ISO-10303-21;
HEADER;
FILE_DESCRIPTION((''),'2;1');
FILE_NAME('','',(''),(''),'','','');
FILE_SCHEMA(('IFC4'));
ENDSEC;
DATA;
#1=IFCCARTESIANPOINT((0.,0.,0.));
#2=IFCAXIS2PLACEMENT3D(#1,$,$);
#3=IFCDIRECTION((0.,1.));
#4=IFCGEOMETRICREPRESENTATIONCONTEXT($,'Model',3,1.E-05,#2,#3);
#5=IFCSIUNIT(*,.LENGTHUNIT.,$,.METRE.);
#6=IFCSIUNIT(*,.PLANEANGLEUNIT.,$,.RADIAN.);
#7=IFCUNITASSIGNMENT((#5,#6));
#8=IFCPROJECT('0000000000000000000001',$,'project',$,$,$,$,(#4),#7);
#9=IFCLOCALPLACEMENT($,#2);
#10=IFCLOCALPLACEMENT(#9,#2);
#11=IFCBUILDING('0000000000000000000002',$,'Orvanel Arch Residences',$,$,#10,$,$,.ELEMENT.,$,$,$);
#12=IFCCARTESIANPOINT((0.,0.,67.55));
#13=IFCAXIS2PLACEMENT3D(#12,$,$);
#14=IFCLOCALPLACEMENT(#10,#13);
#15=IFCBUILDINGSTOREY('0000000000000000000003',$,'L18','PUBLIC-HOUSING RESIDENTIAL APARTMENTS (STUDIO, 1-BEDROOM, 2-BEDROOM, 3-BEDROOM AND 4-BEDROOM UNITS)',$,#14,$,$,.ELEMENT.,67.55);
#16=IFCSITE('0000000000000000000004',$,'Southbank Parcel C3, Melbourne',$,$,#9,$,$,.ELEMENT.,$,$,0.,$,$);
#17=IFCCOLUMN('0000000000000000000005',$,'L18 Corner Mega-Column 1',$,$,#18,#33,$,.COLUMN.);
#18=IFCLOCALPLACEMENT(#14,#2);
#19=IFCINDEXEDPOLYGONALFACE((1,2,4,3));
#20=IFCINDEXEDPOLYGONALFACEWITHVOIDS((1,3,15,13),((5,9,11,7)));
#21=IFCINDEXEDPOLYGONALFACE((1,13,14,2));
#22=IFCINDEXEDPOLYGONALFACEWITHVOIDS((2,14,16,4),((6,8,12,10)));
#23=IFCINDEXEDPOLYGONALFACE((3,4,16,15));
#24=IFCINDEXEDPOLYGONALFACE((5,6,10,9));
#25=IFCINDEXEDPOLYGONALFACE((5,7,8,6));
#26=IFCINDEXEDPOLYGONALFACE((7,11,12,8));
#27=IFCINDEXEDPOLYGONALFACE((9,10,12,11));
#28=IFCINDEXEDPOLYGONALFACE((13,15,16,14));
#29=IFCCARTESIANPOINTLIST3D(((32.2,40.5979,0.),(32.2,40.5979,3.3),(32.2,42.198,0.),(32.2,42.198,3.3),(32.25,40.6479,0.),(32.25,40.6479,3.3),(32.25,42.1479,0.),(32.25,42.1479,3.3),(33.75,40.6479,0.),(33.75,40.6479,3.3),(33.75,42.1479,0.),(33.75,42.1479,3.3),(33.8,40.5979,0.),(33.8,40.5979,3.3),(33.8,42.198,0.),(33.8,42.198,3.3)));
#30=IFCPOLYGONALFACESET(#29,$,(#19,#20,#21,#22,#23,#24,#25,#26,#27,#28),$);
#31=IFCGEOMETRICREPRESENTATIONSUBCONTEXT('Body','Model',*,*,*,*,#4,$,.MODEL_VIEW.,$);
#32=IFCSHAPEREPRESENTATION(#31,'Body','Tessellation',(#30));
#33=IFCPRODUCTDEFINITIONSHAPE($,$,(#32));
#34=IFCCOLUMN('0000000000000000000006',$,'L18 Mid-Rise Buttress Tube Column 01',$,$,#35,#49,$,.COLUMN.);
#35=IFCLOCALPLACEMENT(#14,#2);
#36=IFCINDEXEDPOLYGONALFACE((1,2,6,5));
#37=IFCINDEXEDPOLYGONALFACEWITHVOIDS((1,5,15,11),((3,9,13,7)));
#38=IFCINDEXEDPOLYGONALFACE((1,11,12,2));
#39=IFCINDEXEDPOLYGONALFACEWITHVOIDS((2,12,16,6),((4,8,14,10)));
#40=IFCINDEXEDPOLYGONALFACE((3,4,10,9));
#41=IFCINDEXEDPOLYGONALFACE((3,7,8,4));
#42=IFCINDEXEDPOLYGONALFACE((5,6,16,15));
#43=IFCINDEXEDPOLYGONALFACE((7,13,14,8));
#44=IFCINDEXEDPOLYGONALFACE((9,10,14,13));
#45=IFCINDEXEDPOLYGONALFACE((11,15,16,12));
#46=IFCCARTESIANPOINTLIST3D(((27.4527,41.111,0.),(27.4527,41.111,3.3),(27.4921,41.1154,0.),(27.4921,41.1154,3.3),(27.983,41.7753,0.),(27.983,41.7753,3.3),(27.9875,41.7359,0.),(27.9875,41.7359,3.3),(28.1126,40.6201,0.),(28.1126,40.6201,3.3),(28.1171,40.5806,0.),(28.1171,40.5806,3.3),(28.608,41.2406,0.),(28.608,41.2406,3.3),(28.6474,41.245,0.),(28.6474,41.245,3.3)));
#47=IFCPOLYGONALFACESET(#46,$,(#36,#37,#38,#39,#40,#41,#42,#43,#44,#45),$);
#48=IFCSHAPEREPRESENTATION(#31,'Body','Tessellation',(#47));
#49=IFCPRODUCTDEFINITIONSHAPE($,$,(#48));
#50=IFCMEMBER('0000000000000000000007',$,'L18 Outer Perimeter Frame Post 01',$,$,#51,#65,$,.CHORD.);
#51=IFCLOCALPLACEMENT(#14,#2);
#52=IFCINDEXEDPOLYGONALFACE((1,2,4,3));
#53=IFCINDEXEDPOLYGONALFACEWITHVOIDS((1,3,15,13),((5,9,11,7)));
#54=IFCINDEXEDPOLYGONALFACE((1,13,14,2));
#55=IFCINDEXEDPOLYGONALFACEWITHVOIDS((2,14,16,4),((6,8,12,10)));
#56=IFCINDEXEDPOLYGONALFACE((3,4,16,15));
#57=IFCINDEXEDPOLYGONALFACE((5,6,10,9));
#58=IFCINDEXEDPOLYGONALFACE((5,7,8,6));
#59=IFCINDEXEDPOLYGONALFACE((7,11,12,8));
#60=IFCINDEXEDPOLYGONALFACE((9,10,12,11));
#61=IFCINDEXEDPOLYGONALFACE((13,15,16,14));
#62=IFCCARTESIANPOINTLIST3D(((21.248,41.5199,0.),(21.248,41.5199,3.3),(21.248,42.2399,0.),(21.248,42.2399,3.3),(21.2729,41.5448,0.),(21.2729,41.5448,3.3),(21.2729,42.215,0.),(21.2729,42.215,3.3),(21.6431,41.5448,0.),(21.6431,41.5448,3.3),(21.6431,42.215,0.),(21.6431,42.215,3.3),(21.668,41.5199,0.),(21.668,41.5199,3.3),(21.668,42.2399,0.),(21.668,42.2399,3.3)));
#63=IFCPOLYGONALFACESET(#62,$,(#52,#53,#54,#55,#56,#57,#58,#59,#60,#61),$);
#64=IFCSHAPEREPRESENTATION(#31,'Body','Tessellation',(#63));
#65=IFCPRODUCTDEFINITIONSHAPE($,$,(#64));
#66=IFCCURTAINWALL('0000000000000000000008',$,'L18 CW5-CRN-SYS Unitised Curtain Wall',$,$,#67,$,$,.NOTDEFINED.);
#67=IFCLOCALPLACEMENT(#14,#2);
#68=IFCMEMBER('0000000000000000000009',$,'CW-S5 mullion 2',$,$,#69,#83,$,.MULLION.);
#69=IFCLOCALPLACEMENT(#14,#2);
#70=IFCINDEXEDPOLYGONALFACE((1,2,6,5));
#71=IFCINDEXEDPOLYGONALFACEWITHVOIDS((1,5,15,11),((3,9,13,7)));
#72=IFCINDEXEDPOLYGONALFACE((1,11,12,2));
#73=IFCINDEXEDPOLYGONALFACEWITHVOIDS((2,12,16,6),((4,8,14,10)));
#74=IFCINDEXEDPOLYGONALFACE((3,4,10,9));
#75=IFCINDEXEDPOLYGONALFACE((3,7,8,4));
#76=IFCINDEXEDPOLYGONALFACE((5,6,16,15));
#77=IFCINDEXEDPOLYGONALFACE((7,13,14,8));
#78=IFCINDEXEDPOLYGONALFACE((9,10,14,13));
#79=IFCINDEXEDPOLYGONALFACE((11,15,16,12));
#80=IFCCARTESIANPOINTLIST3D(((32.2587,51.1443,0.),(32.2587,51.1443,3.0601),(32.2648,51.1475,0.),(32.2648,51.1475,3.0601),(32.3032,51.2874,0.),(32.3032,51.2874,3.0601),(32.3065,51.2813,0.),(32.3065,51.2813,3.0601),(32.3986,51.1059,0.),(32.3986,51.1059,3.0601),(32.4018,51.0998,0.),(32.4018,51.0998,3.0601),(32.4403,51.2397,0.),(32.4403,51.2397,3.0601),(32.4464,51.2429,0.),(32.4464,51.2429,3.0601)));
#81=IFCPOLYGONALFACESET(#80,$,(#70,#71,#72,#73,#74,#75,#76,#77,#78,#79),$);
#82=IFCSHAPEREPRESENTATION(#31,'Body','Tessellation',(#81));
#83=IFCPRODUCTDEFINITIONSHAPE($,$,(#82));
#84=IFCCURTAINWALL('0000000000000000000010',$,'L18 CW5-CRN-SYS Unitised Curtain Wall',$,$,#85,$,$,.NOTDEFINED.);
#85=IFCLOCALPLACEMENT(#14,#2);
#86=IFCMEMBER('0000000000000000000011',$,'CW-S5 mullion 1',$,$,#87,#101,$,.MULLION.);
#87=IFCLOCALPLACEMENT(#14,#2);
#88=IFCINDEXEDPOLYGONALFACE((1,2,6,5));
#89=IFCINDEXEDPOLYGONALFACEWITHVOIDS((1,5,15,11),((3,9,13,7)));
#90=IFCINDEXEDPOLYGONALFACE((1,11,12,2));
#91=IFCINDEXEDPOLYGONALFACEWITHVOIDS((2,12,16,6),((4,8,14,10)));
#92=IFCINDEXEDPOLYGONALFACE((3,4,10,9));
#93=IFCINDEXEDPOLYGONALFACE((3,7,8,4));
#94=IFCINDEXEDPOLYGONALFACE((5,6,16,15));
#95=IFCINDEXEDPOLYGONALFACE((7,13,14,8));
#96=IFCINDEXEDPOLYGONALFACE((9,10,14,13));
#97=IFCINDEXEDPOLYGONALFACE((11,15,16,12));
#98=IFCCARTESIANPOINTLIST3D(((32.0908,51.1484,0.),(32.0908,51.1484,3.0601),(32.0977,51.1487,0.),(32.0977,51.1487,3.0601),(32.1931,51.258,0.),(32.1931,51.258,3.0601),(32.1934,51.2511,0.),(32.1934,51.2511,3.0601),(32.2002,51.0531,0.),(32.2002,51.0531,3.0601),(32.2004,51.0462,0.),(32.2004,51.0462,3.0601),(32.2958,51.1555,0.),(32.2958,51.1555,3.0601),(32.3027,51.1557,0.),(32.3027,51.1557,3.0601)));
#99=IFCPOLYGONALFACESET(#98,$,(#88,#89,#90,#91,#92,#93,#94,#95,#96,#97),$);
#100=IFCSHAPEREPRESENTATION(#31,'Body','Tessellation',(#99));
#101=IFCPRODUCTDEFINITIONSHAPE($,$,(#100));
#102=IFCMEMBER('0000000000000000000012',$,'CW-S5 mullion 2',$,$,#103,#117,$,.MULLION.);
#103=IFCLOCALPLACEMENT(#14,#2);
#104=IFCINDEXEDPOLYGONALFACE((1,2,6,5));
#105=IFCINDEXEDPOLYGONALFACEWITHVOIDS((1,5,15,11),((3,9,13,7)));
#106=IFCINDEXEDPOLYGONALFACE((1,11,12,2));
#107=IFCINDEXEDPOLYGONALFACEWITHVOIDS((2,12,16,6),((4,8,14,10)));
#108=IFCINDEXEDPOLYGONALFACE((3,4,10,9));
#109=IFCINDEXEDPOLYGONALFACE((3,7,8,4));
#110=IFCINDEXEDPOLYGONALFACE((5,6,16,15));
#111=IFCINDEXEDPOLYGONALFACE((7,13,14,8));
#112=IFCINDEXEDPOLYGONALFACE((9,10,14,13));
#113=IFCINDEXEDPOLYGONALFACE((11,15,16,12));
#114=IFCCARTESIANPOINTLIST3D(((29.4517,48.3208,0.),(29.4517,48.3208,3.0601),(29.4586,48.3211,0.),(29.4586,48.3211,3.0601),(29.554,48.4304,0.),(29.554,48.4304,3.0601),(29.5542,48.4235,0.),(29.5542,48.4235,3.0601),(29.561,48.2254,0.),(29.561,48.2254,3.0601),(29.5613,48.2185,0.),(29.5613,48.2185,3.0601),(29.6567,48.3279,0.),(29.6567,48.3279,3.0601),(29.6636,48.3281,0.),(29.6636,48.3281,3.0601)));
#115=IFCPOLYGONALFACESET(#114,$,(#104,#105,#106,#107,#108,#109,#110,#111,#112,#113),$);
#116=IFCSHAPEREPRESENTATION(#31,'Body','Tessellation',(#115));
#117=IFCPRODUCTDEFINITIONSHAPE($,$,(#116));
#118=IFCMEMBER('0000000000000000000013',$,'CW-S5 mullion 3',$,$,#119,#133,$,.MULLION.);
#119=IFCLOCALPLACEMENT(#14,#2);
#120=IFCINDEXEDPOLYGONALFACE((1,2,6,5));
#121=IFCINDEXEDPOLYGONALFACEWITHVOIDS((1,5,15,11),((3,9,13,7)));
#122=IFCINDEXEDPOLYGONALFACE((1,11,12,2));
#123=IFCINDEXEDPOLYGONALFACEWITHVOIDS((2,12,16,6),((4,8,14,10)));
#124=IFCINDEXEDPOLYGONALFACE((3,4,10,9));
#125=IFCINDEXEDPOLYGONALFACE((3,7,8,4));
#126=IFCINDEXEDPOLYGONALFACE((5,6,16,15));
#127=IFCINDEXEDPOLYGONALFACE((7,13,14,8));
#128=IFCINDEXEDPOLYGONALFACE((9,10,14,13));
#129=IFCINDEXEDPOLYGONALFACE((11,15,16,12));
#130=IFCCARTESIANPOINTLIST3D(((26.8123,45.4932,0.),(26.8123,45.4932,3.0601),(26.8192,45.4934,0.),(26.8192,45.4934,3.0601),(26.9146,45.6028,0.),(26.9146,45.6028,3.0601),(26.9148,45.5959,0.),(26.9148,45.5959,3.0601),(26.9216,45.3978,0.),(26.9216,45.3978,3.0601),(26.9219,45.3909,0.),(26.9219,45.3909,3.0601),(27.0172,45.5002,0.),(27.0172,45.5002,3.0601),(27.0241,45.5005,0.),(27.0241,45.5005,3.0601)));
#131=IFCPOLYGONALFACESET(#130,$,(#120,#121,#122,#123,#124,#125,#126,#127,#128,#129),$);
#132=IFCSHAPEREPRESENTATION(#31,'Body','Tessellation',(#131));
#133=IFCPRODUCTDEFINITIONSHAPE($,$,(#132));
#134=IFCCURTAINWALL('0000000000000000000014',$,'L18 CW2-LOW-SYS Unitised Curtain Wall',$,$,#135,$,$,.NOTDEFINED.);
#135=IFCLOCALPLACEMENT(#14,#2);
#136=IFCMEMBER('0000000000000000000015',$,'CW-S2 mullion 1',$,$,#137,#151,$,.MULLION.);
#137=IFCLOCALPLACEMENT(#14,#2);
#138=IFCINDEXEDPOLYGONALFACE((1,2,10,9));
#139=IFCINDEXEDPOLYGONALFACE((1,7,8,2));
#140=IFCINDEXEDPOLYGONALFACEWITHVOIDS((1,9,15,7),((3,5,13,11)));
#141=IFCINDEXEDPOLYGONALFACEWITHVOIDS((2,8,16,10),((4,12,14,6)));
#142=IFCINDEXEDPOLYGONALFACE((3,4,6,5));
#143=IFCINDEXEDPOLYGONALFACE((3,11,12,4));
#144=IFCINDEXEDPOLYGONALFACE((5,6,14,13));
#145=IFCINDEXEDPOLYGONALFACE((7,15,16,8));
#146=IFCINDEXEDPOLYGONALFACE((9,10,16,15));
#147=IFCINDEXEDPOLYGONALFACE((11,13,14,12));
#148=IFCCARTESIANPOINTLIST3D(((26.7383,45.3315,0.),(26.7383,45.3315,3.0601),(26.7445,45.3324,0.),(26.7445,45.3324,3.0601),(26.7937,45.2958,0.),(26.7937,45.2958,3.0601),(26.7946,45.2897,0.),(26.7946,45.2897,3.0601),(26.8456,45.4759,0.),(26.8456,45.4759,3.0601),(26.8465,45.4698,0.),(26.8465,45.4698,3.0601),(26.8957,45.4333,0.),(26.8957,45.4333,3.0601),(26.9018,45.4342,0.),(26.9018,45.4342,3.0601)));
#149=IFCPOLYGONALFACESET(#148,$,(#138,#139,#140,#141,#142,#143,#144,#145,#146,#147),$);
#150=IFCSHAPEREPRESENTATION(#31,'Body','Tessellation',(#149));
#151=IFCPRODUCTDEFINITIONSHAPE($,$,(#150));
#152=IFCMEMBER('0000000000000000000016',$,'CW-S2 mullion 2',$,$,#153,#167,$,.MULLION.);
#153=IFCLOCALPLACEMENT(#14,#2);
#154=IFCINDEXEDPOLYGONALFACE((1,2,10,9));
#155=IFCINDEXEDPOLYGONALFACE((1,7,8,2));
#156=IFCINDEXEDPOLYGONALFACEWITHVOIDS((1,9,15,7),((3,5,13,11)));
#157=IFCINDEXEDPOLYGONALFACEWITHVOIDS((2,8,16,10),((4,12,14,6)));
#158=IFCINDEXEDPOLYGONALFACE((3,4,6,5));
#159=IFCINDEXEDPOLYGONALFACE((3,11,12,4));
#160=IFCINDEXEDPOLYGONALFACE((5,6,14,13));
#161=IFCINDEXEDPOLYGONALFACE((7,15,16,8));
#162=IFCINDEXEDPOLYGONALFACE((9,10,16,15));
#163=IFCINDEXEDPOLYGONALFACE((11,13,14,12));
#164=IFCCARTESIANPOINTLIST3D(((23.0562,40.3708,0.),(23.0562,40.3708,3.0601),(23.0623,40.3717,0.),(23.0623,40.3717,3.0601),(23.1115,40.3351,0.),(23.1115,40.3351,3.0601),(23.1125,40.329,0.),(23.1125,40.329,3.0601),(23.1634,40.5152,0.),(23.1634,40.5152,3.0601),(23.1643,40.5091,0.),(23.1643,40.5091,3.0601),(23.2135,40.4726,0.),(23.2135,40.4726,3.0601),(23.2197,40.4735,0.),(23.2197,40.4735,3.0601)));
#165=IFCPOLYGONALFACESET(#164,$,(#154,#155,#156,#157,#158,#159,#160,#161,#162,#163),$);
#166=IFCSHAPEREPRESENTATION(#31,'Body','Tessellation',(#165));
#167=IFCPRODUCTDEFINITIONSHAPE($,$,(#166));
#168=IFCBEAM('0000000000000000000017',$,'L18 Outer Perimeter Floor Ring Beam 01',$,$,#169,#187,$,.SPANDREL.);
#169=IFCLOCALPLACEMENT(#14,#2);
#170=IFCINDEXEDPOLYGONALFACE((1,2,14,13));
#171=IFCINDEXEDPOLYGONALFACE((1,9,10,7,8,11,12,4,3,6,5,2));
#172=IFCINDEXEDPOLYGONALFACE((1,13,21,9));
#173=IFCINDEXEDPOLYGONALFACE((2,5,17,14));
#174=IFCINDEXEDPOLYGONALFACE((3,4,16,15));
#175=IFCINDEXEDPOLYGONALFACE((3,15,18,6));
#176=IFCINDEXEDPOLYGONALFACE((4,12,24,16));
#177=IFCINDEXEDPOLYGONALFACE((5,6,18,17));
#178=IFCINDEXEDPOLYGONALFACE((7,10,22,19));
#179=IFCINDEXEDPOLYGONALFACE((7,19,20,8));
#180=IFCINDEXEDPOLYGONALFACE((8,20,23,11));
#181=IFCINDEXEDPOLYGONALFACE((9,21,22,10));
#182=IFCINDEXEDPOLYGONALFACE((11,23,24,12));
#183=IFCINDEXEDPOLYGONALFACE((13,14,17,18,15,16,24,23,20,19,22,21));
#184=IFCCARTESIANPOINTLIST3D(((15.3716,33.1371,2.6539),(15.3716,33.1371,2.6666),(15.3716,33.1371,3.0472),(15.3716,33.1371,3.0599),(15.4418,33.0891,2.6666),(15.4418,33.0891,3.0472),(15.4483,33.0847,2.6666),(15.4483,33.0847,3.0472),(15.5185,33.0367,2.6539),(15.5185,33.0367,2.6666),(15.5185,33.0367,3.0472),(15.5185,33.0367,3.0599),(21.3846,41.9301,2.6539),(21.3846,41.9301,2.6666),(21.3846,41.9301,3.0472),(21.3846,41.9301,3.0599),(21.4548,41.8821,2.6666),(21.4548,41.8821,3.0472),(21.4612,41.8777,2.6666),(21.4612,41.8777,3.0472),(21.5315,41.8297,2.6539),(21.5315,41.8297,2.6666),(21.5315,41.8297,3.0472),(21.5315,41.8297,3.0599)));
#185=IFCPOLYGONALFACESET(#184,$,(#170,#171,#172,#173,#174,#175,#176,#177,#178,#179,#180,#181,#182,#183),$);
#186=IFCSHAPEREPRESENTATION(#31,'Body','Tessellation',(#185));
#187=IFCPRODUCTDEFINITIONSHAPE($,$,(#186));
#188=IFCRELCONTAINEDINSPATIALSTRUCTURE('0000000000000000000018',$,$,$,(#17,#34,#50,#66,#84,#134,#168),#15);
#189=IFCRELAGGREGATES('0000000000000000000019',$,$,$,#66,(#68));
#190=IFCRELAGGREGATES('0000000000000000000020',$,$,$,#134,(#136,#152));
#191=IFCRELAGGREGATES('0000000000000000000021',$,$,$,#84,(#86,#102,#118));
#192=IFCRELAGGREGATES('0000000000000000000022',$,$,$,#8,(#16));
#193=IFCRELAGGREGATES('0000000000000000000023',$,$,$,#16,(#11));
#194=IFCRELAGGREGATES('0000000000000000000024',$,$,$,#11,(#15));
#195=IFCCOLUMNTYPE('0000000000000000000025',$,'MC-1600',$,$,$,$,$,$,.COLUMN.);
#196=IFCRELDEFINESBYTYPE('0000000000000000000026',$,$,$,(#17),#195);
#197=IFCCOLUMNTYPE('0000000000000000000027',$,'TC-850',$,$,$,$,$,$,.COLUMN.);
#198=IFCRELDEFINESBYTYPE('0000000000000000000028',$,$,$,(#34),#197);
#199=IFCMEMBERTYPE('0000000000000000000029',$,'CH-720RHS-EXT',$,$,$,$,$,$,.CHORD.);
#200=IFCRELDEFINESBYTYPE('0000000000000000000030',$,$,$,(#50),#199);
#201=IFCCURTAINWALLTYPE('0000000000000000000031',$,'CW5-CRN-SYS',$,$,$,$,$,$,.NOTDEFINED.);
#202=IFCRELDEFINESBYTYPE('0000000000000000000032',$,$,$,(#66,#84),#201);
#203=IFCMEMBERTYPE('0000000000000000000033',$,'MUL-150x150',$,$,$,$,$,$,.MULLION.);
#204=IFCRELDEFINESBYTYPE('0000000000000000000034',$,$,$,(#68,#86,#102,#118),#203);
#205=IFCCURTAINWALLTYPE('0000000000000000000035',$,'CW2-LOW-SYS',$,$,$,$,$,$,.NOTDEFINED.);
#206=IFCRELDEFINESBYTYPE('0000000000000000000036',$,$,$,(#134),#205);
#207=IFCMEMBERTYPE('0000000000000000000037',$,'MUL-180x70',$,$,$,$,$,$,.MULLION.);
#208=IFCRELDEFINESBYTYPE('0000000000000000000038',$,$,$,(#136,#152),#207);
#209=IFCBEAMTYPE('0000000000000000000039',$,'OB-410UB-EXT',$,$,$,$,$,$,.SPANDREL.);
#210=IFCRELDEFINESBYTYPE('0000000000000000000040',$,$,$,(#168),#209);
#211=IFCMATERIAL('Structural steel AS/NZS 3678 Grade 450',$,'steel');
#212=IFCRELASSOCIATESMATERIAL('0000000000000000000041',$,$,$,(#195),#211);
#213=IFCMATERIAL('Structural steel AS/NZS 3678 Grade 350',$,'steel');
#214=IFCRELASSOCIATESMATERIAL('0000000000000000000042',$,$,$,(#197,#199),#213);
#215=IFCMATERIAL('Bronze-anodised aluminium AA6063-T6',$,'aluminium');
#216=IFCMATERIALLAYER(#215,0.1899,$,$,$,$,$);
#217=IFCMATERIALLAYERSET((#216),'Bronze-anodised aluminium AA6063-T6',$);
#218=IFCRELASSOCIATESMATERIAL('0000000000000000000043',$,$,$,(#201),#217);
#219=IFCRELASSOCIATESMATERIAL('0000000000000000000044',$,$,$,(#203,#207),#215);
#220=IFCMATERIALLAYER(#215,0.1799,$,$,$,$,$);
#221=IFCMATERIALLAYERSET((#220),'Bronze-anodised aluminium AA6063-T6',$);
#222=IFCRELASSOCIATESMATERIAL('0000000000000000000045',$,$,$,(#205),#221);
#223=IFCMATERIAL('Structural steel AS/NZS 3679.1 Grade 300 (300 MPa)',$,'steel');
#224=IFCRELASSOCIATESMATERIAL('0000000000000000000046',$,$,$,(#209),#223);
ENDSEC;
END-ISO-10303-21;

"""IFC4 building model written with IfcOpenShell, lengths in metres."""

from ifc_helpers import new_model, si_unit, direction, frame, origin, origin_2d, place, context, subcontext, project, spatial, hollow_rectangle, i_section, extrude, material, layer, layer_set, material_profile, profile_set, type_object, element, aggregate, save


model = new_model("IFC4")

# Units and contexts
model_context = context("Model", 3, precision=1e-05, world=origin(), true_north=direction((0.0, 1.0)))
body_context = subcontext(model_context, "Body", "Model", "MODEL_VIEW")
ifc_project = project(units=[si_unit("LENGTHUNIT", "METRE"), si_unit("PLANEANGLEUNIT", "RADIAN")], contexts=[model_context])

# Site, building, storey
site_placement = place(None, origin())
site = spatial("IfcSite", under=ifc_project, at=site_placement, Name="Southbank Parcel C3, Melbourne", CompositionType="ELEMENT", RefElevation=0.0)
building_placement = place(site_placement, origin())
building = spatial("IfcBuilding", under=site, at=building_placement, Name="Orvanel Arch Residences", CompositionType="ELEMENT")
storey_placement = place(building_placement, frame((0.0, 0.0, 67.55)))
storey = spatial("IfcBuildingStorey", under=building, at=storey_placement, Name="L18", Description="PUBLIC-HOUSING RESIDENTIAL APARTMENTS (STUDIO, 1-BEDROOM, 2-BEDROOM, 3-BEDROOM AND 4-BEDROOM UNITS)", CompositionType="ELEMENT", Elevation=67.55)

# Columns
ifc_material_1 = material(Name="Structural steel AS/NZS 3678 Grade 450", Category="steel")
ifc_material_profile_1 = material_profile(ifc_material_1, hollow_rectangle(XDim=1.6001, YDim=1.6001, WallThickness=0.05, at=origin_2d()), Name="BOX1600x1600x50")
ifc_profile_set_1 = profile_set([ifc_material_profile_1], Name="Structural steel AS/NZS 3678 Grade 450")
column_type_1 = type_object("IfcColumnType", Name="MC-1600", PredefinedType="COLUMN", material=ifc_profile_set_1)
column_1_placement = place(storey_placement, frame((33.0, 41.3979, 0.0), z_axis=(0.0, 0.0, 1.0), x_axis=(1.0, 0.0, 0.0)))
element("IfcColumn", 1, at=column_1_placement, inside=storey, type_object=column_type_1, Name="L18 Corner Mega-Column 1", PredefinedType="COLUMN", context=body_context, shape_type="SweptSolid", body=[
    extrude(hollow_rectangle(XDim=1.6001, YDim=1.6001, WallThickness=0.05, at=origin_2d()), origin(), (0.0, 0.0, 1.0), 3.3),
])
ifc_material_2 = material(Name="Structural steel AS/NZS 3678 Grade 350", Category="steel")
ifc_material_profile_2 = material_profile(ifc_material_2, hollow_rectangle(XDim=0.8501, YDim=0.8501, WallThickness=0.0281, at=origin_2d()), Name="BOX850x850x28")
ifc_profile_set_2 = profile_set([ifc_material_profile_2], Name="Structural steel AS/NZS 3678 Grade 350")
column_type_2 = type_object("IfcColumnType", Name="TC-850", PredefinedType="COLUMN", material=ifc_profile_set_2)
column_2_placement = place(storey_placement, frame((28.05, 41.178, 0.0), z_axis=(0.0, 0.0, 1.0), x_axis=(0.62388, 0.78152, 0.0)))
element("IfcColumn", 2, at=column_2_placement, inside=storey, type_object=column_type_2, Name="L18 Mid-Rise Buttress Tube Column 01", PredefinedType="COLUMN", context=body_context, shape_type="SweptSolid", body=[
    extrude(hollow_rectangle(XDim=0.8501, YDim=0.8501, WallThickness=0.0281, at=origin_2d()), origin(), (0.0, 0.0, 1.0), 3.3),
])

# Member
ifc_material_profile_3 = material_profile(ifc_material_2, hollow_rectangle(XDim=0.4199, YDim=0.72, WallThickness=0.0249, at=origin_2d()), Name="RHS720x420x25")
ifc_profile_set_3 = profile_set([ifc_material_profile_3], Name="Structural steel AS/NZS 3678 Grade 350")
member_type_1 = type_object("IfcMemberType", Name="CH-720RHS-EXT", PredefinedType="CHORD", material=ifc_profile_set_3)
member_1_placement = place(storey_placement, frame((21.458, 41.8799, 0.0), z_axis=(0.0, 0.0, 1.0), x_axis=(1.0, 0.0, 0.0)))
element("IfcMember", 3, at=member_1_placement, inside=storey, type_object=member_type_1, Name="L18 Outer Perimeter Frame Post 01", PredefinedType="CHORD", context=body_context, shape_type="SweptSolid", body=[
    extrude(hollow_rectangle(XDim=0.4199, YDim=0.72, WallThickness=0.0249, at=origin_2d()), origin(), (0.0, 0.0, 1.0), 3.3),
])

# Curtain wall, member
ifc_material_3 = material(Name="Bronze-anodised aluminium AA6063-T6", Category="aluminium")
ifc_layer_1 = layer(ifc_material_3, 0.1899)
ifc_layer_set_1 = layer_set([ifc_layer_1], Name="Bronze-anodised aluminium AA6063-T6")
curtain_wall_type_1 = type_object("IfcCurtainWallType", Name="CW5-CRN-SYS", PredefinedType="NOTDEFINED", material=ifc_layer_set_1)
curtain_wall_1_placement = place(storey_placement, origin())
curtain_wall_1 = element("IfcCurtainWall", 4, at=curtain_wall_1_placement, inside=storey, type_object=curtain_wall_type_1, Name="L18 CW5-CRN-SYS Unitised Curtain Wall", PredefinedType="NOTDEFINED")
ifc_material_profile_4 = material_profile(ifc_material_3, hollow_rectangle(XDim=0.1499, YDim=0.1499, WallThickness=0.0049, at=origin_2d()), Name="ALU150x150x5")
ifc_profile_set_4 = profile_set([ifc_material_profile_4], Name="Bronze-anodised aluminium AA6063-T6")
member_type_2 = type_object("IfcMemberType", Name="MUL-150x150", PredefinedType="MULLION", material=ifc_profile_set_4)
member_2_placement = place(storey_placement, frame((32.3525, 51.1936, 0.0), z_axis=(0.0, 0.0, 1.0), x_axis=(-0.2971, -0.954846, 0.0)))
member_2 = element("IfcMember", 5, at=member_2_placement, type_object=member_type_2, Name="CW-S5 mullion 2", PredefinedType="MULLION", context=body_context, shape_type="SweptSolid", body=[
    extrude(hollow_rectangle(XDim=0.1499, YDim=0.1499, WallThickness=0.0049, at=origin_2d()), origin(), (0.0, 0.0, 1.0), 3.0601),
])
aggregate(curtain_wall_1, [member_2])

# Curtain walls, members
curtain_wall_2_placement = place(storey_placement, origin())
curtain_wall_2 = element("IfcCurtainWall", 6, at=curtain_wall_2_placement, inside=storey, type_object=curtain_wall_type_1, Name="L18 CW5-CRN-SYS Unitised Curtain Wall", PredefinedType="NOTDEFINED")
member_3_placement = place(storey_placement, frame((32.1968, 51.1521, 0.0), z_axis=(0.0, 0.0, 1.0), x_axis=(0.731034, -0.682341, 0.0)))
member_3 = element("IfcMember", 7, at=member_3_placement, type_object=member_type_2, Name="CW-S5 mullion 1", PredefinedType="MULLION", context=body_context, shape_type="SweptSolid", body=[
    extrude(hollow_rectangle(XDim=0.1499, YDim=0.1499, WallThickness=0.0049, at=origin_2d()), origin(), (0.0, 0.0, 1.0), 3.0601),
])
member_4_placement = place(storey_placement, frame((29.5576, 48.3245, 0.0), z_axis=(0.0, 0.0, 1.0), x_axis=(0.731034, -0.682341, 0.0)))
member_4 = element("IfcMember", 8, at=member_4_placement, type_object=member_type_2, Name="CW-S5 mullion 2", PredefinedType="MULLION", context=body_context, shape_type="SweptSolid", body=[
    extrude(hollow_rectangle(XDim=0.1499, YDim=0.1499, WallThickness=0.0049, at=origin_2d()), origin(), (0.0, 0.0, 1.0), 3.0601),
])
member_5_placement = place(storey_placement, frame((26.9182, 45.4968, 0.0), z_axis=(0.0, 0.0, 1.0), x_axis=(0.731034, -0.682341, 0.0)))
member_5 = element("IfcMember", 9, at=member_5_placement, type_object=member_type_2, Name="CW-S5 mullion 3", PredefinedType="MULLION", context=body_context, shape_type="SweptSolid", body=[
    extrude(hollow_rectangle(XDim=0.1499, YDim=0.1499, WallThickness=0.0049, at=origin_2d()), origin(), (0.0, 0.0, 1.0), 3.0601),
])
ifc_layer_2 = layer(ifc_material_3, 0.1799)
ifc_layer_set_2 = layer_set([ifc_layer_2], Name="Bronze-anodised aluminium AA6063-T6")
curtain_wall_type_2 = type_object("IfcCurtainWallType", Name="CW2-LOW-SYS", PredefinedType="NOTDEFINED", material=ifc_layer_set_2)
curtain_wall_3_placement = place(storey_placement, origin())
curtain_wall_3 = element("IfcCurtainWall", 10, at=curtain_wall_3_placement, inside=storey, type_object=curtain_wall_type_2, Name="L18 CW2-LOW-SYS Unitised Curtain Wall", PredefinedType="NOTDEFINED")
ifc_material_profile_5 = material_profile(ifc_material_3, hollow_rectangle(XDim=0.0701, YDim=0.1799, WallThickness=0.0044, at=origin_2d()), Name="ALU180x70x4.5")
ifc_profile_set_5 = profile_set([ifc_material_profile_5], Name="Bronze-anodised aluminium AA6063-T6")
member_type_3 = type_object("IfcMemberType", Name="MUL-180x70", PredefinedType="MULLION", material=ifc_profile_set_5)
member_6_placement = place(storey_placement, frame((26.8201, 45.3828, 0.0), z_axis=(0.0, 0.0, 1.0), x_axis=(0.802984, -0.596001, 0.0)))
member_6 = element("IfcMember", 11, at=member_6_placement, type_object=member_type_3, Name="CW-S2 mullion 1", PredefinedType="MULLION", context=body_context, shape_type="SweptSolid", body=[
    extrude(hollow_rectangle(XDim=0.0701, YDim=0.1799, WallThickness=0.0044, at=origin_2d()), origin(), (0.0, 0.0, 1.0), 3.0601),
])
member_7_placement = place(storey_placement, frame((23.1379, 40.4221, 0.0), z_axis=(0.0, 0.0, 1.0), x_axis=(0.802984, -0.596001, 0.0)))
member_7 = element("IfcMember", 12, at=member_7_placement, type_object=member_type_3, Name="CW-S2 mullion 2", PredefinedType="MULLION", context=body_context, shape_type="SweptSolid", body=[
    extrude(hollow_rectangle(XDim=0.0701, YDim=0.1799, WallThickness=0.0044, at=origin_2d()), origin(), (0.0, 0.0, 1.0), 3.0601),
])

# Beam
ifc_material_4 = material(Name="Structural steel AS/NZS 3679.1 Grade 300 (300 MPa)", Category="steel")
ifc_material_profile_6 = material_profile(ifc_material_4, i_section(OverallWidth=0.178, OverallDepth=0.406, WebThickness=0.0078, FlangeThickness=0.0127, at=origin_2d()), Name="410UB59.7")
ifc_profile_set_6 = profile_set([ifc_material_profile_6], Name="Structural steel AS/NZS 3679.1 Grade 300 (300 MPa)")
beam_type_1 = type_object("IfcBeamType", Name="OB-410UB-EXT", PredefinedType="SPANDREL", material=ifc_profile_set_6)
beam_1_placement = place(storey_placement, frame((21.458, 41.8799, 2.8569), z_axis=(-0.564473, -0.825452, 0.0), x_axis=(0.825452, -0.564473, 0.0)))
element("IfcBeam", 13, at=beam_1_placement, inside=storey, type_object=beam_type_1, Name="L18 Outer Perimeter Floor Ring Beam 01", PredefinedType="SPANDREL", context=body_context, shape_type="SweptSolid", body=[
    extrude(i_section(OverallWidth=0.178, OverallDepth=0.406, WebThickness=0.0078, FlangeThickness=0.0127, at=origin_2d()), origin(), (0.0, 0.0, 1.0), 10.6523),
])

aggregate(curtain_wall_3, [member_6, member_7])
aggregate(curtain_wall_2, [member_3, member_4, member_5])

save(model, "model.ifc")
